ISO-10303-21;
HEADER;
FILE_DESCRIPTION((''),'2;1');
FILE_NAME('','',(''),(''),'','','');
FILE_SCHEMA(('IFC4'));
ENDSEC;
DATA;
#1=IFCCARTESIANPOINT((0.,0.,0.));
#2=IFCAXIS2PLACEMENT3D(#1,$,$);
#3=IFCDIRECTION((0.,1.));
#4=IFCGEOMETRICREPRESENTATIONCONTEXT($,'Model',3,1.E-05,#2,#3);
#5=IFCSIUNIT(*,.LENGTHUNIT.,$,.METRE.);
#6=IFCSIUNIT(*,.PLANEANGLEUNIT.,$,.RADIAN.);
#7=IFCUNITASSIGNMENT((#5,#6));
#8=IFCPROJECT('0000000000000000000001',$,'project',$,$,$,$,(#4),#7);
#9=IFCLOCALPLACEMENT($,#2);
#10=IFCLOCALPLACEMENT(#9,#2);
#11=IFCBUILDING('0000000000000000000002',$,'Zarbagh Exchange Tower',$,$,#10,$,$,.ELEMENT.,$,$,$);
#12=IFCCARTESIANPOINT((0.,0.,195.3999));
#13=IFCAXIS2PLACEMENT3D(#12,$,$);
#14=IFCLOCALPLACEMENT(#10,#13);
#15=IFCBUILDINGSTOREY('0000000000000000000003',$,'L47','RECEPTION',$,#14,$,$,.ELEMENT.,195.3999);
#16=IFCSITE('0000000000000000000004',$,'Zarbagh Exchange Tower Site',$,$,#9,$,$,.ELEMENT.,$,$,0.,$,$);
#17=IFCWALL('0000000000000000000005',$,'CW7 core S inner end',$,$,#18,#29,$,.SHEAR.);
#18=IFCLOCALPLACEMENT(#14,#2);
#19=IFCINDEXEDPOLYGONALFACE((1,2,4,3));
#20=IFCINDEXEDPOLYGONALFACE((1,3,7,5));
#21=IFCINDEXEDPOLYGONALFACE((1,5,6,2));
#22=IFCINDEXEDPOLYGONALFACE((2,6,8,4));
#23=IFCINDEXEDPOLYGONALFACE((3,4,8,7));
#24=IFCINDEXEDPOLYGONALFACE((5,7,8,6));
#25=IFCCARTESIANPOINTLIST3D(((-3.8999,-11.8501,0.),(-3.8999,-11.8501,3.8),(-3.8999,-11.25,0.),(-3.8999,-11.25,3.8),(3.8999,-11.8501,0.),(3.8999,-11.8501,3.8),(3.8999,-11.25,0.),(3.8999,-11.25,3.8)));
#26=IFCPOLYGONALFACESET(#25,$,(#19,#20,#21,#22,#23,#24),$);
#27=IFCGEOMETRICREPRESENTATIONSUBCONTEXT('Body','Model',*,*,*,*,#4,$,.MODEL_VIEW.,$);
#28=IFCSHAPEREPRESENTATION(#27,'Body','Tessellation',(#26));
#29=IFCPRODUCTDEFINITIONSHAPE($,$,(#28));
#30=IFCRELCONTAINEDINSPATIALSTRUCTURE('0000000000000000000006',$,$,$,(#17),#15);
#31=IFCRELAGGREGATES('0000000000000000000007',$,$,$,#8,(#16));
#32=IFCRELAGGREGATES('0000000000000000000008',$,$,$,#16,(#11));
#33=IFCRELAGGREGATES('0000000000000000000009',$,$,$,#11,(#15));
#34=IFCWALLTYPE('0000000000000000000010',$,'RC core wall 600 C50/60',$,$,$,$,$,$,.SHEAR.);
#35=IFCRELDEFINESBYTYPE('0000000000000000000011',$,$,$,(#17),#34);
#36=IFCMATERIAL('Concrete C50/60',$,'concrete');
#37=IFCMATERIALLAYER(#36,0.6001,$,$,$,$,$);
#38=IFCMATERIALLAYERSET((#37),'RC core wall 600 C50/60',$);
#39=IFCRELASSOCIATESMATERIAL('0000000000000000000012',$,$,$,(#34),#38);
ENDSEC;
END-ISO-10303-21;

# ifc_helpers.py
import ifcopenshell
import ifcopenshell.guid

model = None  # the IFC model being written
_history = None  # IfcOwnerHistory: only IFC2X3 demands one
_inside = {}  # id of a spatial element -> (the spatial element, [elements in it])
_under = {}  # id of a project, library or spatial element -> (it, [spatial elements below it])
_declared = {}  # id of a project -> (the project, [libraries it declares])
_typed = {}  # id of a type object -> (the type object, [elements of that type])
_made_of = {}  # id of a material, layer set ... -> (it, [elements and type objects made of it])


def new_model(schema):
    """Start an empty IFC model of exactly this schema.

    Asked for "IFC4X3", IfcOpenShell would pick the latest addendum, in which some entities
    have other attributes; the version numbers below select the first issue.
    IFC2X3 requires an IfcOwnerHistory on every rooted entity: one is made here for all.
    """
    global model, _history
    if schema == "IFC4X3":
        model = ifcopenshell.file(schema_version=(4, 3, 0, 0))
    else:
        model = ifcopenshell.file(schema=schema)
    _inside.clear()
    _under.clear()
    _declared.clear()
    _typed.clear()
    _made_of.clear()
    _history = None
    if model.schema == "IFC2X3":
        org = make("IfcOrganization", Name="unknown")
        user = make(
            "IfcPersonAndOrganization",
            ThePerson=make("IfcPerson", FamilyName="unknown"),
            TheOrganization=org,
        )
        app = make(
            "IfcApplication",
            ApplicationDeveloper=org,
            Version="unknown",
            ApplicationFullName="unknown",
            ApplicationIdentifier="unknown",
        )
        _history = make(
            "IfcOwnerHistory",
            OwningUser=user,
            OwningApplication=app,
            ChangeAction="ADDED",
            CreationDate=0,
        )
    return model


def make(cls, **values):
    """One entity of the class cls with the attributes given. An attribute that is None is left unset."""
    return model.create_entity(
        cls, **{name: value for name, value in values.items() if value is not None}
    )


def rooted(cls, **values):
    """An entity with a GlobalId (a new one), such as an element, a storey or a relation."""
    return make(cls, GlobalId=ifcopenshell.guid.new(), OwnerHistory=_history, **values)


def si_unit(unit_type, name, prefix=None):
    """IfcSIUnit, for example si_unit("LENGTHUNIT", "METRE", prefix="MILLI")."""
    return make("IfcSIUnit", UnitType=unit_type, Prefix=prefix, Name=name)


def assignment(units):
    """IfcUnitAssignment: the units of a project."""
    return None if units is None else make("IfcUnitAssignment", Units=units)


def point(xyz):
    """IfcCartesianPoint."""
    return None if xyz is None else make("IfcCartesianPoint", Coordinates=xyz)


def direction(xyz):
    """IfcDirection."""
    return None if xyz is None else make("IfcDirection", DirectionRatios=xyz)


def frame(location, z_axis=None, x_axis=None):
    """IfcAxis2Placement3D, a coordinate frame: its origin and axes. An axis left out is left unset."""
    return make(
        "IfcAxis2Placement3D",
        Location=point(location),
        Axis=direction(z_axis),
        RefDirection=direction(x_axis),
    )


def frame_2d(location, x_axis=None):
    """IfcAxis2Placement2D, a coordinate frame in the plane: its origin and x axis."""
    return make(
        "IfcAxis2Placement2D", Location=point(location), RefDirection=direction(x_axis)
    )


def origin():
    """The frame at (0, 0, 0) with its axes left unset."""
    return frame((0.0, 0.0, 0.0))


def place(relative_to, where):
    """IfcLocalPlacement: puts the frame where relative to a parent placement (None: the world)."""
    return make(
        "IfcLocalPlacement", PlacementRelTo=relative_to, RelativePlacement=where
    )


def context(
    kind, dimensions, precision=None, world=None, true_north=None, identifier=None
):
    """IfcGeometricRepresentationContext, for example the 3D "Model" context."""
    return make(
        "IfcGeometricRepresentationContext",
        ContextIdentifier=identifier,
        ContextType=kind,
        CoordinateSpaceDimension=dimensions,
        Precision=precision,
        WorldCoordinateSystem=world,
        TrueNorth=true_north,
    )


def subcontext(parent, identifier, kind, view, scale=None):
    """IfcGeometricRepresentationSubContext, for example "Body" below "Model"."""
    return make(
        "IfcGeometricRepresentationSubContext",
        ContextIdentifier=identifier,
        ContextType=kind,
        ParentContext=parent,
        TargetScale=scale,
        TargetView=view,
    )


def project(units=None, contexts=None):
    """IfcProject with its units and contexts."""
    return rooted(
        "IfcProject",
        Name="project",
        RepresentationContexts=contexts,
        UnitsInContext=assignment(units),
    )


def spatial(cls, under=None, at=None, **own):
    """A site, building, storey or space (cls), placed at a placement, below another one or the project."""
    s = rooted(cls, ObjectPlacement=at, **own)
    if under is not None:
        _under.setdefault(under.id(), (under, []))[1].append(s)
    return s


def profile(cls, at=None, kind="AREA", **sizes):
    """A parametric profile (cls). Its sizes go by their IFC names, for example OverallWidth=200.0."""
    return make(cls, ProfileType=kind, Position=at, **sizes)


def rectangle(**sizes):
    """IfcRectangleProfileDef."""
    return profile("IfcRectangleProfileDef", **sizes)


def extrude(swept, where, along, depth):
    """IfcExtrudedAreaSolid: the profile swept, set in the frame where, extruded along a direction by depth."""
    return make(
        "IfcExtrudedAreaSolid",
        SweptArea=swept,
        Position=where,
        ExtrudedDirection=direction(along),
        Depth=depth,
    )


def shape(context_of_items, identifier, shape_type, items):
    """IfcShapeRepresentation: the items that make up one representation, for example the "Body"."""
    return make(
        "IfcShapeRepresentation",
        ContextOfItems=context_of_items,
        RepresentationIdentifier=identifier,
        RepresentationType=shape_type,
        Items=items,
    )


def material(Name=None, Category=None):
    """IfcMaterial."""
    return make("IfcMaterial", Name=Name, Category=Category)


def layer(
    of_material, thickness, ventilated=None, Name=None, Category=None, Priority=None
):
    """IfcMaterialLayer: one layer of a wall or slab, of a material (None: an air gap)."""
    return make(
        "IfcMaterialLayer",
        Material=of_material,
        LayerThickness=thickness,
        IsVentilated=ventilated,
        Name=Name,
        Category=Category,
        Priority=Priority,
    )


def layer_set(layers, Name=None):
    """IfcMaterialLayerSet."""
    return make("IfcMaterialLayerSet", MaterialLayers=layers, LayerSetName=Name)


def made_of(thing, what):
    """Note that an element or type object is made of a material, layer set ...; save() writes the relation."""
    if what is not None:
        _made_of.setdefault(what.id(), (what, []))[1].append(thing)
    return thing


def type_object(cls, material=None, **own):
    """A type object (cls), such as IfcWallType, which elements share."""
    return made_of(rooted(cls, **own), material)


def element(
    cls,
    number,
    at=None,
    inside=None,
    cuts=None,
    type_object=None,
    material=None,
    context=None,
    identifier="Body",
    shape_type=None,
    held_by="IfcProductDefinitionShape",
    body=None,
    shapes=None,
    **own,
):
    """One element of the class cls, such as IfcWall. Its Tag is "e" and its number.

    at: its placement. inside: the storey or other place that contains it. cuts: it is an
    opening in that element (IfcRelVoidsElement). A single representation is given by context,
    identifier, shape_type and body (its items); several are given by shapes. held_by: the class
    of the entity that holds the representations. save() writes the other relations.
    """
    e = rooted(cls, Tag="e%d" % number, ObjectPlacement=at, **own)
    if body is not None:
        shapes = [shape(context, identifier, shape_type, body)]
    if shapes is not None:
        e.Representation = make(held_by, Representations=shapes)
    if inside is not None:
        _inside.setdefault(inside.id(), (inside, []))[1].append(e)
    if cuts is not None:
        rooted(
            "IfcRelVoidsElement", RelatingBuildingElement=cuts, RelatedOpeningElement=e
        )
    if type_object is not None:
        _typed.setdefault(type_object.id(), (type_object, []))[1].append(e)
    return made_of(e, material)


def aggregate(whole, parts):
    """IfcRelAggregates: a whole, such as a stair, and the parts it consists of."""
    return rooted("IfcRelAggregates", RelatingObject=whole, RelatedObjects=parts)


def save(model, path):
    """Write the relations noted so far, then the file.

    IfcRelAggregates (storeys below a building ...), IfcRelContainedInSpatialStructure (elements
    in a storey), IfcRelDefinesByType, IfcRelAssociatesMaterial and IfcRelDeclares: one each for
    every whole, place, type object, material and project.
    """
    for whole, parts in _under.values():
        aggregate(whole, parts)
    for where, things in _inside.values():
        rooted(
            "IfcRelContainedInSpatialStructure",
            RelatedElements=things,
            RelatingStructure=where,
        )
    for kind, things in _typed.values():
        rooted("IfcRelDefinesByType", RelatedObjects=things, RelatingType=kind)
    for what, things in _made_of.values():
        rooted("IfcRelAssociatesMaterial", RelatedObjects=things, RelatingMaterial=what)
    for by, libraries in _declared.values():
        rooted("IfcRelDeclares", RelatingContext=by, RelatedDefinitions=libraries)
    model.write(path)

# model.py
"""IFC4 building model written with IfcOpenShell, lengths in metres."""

from ifc_helpers import new_model, si_unit, direction, frame, frame_2d, origin, place, context, subcontext, project, spatial, rectangle, extrude, material, layer, layer_set, type_object, element, save


model = new_model("IFC4")

# Units and contexts
model_context = context("Model", 3, precision=1e-05, world=origin(), true_north=direction((0.0, 1.0)))
body_context = subcontext(model_context, "Body", "Model", "MODEL_VIEW")
ifc_project = project(units=[si_unit("LENGTHUNIT", "METRE"), si_unit("PLANEANGLEUNIT", "RADIAN")], contexts=[model_context])

# Site, building, storey
site_placement = place(None, origin())
site = spatial("IfcSite", under=ifc_project, at=site_placement, Name="Zarbagh Exchange Tower Site", CompositionType="ELEMENT", RefElevation=0.0)
building_placement = place(site_placement, origin())
building = spatial("IfcBuilding", under=site, at=building_placement, Name="Zarbagh Exchange Tower", CompositionType="ELEMENT")
storey_placement = place(building_placement, frame((0.0, 0.0, 195.3999)))
storey = spatial("IfcBuildingStorey", under=building, at=storey_placement, Name="L47", Description="RECEPTION", CompositionType="ELEMENT", Elevation=195.3999)

# Shared definitions
ifc_material_1 = material(Name="Concrete C50/60", Category="concrete")

# Shared definitions
ifc_layer_1 = layer(ifc_material_1, 0.6001)
ifc_layer_set_1 = layer_set([ifc_layer_1], Name="RC core wall 600 C50/60")
wall_type_1 = type_object("IfcWallType", Name="RC core wall 600 C50/60", PredefinedType="SHEAR", material=ifc_layer_set_1)

# Wall
wall_1_placement = place(storey_placement, frame((-3.8999, -11.55, 0.0), z_axis=(0.0, 0.0, 1.0), x_axis=(1.0, 0.0, 0.0)))
element("IfcWall", 1, at=wall_1_placement, inside=storey, type_object=wall_type_1, Name="CW7 core S inner end", PredefinedType="SHEAR", context=body_context, shape_type="SweptSolid", body=[
    extrude(rectangle(XDim=7.7998, YDim=0.6001, at=frame_2d((3.8999, 0.0))), origin(), (0.0, 0.0, 1.0), 3.8),
])

save(model, "model.ifc")
